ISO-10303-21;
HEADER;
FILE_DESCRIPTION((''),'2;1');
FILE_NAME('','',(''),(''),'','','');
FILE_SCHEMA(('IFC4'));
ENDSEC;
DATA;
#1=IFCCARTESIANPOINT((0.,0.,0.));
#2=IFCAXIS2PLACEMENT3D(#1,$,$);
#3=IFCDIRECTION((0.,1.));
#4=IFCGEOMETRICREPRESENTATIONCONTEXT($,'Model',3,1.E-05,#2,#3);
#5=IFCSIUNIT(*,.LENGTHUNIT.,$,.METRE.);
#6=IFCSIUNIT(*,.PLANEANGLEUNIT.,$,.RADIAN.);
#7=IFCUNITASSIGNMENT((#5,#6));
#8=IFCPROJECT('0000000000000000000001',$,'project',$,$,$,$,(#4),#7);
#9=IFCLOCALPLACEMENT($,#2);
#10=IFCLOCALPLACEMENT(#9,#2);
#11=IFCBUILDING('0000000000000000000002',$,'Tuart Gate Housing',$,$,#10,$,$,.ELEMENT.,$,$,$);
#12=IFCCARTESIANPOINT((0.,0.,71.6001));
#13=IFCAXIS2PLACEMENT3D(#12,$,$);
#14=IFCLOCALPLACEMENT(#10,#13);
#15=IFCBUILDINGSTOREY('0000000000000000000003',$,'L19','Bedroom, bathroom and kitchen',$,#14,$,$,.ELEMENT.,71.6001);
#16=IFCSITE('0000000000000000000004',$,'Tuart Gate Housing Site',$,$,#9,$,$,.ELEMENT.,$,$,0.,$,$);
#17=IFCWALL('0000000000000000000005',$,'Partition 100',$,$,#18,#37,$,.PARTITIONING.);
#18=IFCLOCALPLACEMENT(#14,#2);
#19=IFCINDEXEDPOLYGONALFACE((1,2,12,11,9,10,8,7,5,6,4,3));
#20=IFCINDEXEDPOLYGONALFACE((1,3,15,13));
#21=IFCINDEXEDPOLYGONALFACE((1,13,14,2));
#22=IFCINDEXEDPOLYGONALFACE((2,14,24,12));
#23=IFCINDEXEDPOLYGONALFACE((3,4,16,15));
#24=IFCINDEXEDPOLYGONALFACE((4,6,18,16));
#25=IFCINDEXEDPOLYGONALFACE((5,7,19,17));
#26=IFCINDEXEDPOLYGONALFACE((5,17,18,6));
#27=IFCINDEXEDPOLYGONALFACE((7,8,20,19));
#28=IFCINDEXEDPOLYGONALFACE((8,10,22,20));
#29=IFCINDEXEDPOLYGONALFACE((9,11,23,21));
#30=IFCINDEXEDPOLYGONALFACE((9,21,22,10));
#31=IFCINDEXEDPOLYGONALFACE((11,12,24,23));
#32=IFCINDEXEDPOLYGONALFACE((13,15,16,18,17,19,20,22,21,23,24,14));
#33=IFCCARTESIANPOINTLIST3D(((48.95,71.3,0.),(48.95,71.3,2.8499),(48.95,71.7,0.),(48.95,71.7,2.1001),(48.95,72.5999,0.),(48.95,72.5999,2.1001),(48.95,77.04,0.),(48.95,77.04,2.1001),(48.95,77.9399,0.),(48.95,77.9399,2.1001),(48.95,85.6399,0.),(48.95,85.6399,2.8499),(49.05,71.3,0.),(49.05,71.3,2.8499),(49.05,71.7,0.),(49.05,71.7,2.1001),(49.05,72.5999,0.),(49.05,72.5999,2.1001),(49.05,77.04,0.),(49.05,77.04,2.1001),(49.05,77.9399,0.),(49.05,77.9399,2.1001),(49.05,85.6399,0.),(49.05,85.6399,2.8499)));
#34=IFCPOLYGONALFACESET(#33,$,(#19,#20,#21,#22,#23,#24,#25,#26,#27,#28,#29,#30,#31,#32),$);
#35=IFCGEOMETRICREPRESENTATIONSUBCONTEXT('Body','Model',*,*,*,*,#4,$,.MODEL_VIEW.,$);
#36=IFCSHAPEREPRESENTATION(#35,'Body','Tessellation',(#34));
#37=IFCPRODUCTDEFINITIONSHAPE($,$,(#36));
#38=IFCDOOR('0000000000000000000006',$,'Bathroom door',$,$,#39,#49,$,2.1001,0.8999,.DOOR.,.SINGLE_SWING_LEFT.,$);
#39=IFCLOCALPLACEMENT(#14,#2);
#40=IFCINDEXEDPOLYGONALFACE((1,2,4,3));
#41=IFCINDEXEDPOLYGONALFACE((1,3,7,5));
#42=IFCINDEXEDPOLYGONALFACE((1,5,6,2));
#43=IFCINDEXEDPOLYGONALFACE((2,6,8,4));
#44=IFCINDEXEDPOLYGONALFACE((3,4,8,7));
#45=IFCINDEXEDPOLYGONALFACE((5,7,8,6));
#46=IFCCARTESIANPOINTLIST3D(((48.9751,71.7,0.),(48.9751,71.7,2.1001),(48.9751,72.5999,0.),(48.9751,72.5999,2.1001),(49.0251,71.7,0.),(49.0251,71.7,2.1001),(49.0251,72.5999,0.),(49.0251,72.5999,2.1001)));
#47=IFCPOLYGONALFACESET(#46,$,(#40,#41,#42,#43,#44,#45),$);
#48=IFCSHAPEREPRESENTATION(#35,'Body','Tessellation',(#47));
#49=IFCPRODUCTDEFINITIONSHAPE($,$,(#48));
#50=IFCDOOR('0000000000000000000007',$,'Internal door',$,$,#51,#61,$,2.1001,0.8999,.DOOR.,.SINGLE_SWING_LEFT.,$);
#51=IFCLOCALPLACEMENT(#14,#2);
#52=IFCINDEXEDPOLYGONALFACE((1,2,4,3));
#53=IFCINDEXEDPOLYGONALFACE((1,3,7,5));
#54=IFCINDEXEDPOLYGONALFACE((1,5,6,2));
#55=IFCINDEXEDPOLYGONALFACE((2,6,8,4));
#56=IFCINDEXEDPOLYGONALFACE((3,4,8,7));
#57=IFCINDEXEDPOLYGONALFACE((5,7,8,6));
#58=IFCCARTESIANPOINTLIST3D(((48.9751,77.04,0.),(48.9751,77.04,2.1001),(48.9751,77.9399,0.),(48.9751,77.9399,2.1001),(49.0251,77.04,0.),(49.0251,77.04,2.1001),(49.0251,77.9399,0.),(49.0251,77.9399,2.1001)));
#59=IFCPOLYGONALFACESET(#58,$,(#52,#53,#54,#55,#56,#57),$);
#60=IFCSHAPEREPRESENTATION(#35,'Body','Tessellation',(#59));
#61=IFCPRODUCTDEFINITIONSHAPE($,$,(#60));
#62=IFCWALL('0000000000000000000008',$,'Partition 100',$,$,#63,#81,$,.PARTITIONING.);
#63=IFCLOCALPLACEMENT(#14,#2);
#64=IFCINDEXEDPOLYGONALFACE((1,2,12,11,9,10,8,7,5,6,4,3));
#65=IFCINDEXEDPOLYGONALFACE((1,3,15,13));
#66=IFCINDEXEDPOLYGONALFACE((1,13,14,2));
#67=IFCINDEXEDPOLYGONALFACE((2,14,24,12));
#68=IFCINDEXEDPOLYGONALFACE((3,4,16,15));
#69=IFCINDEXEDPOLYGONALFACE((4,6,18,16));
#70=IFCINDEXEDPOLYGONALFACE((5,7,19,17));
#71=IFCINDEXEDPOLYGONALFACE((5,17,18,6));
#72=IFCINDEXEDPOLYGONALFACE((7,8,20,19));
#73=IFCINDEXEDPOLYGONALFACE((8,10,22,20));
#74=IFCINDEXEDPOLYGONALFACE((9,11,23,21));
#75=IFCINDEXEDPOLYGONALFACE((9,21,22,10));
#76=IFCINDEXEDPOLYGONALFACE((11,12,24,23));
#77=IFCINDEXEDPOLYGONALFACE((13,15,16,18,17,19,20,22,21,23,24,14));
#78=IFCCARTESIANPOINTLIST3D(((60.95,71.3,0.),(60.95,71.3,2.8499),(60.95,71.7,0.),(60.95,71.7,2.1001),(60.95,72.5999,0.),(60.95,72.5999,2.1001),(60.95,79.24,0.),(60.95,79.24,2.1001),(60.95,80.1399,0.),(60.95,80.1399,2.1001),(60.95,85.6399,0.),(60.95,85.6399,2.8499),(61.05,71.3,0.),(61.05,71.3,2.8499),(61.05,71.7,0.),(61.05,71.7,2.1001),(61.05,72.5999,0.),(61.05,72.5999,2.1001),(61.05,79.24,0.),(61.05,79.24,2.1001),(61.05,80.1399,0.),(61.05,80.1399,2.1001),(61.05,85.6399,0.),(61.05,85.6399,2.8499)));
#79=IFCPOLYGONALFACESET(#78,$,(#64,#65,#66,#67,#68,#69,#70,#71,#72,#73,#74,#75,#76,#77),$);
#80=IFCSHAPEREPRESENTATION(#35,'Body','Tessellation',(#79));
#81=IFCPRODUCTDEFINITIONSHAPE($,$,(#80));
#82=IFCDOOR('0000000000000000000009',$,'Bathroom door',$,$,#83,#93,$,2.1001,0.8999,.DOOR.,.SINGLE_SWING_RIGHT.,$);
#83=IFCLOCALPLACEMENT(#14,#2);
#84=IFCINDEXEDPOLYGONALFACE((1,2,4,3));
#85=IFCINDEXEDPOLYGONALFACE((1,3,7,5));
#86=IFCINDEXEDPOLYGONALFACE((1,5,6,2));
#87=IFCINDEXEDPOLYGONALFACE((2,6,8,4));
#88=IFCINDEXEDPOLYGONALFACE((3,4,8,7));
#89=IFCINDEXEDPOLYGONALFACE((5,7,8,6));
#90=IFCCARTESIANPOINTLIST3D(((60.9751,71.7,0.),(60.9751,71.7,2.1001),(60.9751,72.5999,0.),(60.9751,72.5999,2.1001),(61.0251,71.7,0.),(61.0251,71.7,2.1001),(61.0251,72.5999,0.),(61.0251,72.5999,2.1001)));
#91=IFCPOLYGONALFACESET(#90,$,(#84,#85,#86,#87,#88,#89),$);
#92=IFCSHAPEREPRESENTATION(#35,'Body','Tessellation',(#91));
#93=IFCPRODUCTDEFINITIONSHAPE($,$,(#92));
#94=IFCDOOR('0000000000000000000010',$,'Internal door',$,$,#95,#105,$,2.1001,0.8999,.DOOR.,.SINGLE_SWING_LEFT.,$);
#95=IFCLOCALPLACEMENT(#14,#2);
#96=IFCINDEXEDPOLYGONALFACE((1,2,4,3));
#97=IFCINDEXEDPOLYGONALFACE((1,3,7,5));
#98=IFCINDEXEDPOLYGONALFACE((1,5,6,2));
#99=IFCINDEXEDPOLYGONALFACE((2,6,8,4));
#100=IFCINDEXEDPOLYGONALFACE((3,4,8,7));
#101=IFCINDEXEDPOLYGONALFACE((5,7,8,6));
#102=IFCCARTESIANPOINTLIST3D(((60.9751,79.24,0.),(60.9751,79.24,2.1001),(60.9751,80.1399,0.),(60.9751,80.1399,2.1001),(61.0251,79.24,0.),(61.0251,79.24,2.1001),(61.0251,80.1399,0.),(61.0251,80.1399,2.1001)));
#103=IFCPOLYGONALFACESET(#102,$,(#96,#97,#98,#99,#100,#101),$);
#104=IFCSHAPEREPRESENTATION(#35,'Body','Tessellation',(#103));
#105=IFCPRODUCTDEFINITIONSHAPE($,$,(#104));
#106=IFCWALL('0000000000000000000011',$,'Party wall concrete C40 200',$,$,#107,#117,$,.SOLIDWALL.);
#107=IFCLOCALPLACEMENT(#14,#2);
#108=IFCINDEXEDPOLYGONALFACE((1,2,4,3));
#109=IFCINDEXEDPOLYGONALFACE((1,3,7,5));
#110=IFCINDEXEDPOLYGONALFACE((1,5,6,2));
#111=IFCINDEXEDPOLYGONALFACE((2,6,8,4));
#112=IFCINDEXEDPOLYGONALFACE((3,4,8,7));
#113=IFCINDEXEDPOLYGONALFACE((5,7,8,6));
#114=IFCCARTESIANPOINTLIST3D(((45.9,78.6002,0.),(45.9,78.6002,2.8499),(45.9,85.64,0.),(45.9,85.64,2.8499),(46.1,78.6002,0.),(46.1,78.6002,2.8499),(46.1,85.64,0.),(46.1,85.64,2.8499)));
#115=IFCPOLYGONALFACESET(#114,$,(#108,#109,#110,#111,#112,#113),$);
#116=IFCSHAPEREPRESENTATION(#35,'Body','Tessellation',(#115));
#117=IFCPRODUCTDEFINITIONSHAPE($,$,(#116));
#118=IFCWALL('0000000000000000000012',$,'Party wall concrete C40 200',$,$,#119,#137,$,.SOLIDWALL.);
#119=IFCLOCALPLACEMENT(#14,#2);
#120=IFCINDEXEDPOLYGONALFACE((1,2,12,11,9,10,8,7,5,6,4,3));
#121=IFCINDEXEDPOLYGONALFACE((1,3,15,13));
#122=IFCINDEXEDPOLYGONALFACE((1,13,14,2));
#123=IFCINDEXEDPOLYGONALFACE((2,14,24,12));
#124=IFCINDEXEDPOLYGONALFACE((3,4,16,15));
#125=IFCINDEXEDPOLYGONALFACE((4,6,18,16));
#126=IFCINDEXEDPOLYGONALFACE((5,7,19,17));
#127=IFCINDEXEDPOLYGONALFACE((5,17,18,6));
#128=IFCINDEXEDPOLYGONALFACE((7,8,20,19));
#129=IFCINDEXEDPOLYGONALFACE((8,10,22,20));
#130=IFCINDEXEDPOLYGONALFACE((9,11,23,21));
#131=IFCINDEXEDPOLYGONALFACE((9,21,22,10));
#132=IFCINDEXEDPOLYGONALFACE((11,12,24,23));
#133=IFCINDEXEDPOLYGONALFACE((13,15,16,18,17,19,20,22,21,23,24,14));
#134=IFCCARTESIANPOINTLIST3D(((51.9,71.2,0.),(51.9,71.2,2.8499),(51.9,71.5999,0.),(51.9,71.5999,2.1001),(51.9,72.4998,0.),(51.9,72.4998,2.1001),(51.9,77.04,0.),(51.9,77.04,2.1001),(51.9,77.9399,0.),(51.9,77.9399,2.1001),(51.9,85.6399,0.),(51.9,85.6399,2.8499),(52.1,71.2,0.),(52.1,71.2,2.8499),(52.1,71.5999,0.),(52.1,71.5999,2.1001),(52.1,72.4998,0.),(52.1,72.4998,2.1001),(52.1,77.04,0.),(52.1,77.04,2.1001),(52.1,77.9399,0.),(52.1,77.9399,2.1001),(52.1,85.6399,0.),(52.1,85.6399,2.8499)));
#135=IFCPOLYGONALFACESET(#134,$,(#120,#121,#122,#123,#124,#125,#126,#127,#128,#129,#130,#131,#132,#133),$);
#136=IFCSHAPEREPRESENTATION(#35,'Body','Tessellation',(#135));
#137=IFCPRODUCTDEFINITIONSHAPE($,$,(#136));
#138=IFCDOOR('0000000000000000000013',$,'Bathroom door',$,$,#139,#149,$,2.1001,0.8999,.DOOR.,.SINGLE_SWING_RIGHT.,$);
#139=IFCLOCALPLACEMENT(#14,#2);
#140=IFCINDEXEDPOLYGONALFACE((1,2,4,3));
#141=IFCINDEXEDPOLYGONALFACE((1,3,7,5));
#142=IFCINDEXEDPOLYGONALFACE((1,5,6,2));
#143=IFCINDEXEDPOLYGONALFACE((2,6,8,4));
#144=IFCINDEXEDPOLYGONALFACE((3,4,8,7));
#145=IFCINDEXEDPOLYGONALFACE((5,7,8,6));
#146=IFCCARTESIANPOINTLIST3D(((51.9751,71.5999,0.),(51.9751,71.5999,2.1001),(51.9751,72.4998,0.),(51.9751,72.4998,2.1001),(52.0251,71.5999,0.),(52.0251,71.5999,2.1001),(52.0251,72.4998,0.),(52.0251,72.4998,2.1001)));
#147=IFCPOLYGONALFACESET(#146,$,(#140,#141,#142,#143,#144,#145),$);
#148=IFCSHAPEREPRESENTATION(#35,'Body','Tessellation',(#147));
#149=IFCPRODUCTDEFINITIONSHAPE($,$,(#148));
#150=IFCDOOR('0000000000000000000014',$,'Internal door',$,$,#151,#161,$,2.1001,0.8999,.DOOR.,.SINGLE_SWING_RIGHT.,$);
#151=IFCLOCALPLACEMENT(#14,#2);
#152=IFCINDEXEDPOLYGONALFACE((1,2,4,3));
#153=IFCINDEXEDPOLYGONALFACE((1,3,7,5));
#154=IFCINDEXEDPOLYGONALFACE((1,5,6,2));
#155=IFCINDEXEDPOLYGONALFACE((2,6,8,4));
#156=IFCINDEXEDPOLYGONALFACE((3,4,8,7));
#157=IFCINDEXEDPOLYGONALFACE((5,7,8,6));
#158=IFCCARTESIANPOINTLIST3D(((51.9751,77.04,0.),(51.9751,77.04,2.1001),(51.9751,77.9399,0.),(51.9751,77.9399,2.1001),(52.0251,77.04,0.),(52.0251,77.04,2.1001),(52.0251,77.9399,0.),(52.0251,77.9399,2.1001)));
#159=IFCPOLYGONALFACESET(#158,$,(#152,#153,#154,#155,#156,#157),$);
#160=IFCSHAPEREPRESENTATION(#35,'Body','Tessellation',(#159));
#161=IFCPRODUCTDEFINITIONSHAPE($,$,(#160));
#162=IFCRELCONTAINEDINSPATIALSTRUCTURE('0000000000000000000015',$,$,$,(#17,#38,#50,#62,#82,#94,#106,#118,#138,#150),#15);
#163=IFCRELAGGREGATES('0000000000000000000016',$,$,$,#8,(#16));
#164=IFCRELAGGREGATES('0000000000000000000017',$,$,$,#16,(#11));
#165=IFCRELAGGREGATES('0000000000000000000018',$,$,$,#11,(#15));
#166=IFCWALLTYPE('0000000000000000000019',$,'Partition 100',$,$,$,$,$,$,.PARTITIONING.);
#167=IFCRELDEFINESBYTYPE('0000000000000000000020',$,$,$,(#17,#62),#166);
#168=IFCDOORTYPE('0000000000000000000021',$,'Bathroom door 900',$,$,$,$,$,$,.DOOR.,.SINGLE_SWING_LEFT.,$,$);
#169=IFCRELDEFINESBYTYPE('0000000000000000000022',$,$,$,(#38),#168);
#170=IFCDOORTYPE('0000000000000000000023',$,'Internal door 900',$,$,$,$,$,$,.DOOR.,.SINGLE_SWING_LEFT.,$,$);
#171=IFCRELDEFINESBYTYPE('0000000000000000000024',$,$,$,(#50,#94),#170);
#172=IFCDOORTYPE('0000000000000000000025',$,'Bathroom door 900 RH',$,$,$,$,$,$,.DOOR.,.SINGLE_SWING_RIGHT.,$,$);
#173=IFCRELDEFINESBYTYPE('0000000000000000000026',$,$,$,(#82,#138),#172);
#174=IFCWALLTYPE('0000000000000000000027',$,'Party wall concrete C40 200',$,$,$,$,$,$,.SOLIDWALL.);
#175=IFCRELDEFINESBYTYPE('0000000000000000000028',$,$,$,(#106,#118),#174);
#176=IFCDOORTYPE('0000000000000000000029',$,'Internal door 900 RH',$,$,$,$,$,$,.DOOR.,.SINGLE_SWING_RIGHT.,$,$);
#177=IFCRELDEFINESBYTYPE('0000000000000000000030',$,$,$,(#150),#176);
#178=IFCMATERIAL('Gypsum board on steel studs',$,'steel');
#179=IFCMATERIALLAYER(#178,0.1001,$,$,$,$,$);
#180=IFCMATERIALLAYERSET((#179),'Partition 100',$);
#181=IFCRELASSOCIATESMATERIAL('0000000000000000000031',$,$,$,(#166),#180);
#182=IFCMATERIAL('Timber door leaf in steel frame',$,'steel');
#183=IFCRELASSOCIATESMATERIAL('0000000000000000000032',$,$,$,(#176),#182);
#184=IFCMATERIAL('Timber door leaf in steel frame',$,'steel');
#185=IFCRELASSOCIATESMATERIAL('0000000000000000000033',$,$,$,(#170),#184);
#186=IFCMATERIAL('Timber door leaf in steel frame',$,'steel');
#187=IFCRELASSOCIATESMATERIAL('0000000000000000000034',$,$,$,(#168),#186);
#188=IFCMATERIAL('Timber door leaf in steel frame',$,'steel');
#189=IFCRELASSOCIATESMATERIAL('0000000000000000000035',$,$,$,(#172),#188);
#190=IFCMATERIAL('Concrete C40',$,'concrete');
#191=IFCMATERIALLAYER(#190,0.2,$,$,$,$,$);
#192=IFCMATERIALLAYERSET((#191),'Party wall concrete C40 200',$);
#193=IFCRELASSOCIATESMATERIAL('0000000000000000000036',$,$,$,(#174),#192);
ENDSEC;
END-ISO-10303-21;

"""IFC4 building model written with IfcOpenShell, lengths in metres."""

from ifc_helpers import new_model, si_unit, direction, frame, frame_2d, origin, place, context, subcontext, project, spatial, rectangle, extrude, material, layer, layer_set, type_object, element, fill, save


model = new_model("IFC4")

# Units and contexts
model_context = context("Model", 3, precision=1e-05, world=origin(), true_north=direction((0.0, 1.0)))
body_context = subcontext(model_context, "Body", "Model", "MODEL_VIEW")
ifc_project = project(units=[si_unit("LENGTHUNIT", "METRE"), si_unit("PLANEANGLEUNIT", "RADIAN")], contexts=[model_context])

# Site, building, storey
site_placement = place(None, origin())
site = spatial("IfcSite", under=ifc_project, at=site_placement, Name="Tuart Gate Housing Site", CompositionType="ELEMENT", RefElevation=0.0)
building_placement = place(site_placement, origin())
building = spatial("IfcBuilding", under=site, at=building_placement, Name="Tuart Gate Housing", CompositionType="ELEMENT")
storey_placement = place(building_placement, frame((0.0, 0.0, 71.6001)))
storey = spatial("IfcBuildingStorey", under=building, at=storey_placement, Name="L19", Description="Bedroom, bathroom and kitchen", CompositionType="ELEMENT", Elevation=71.6001)

# Shared definitions
ifc_material_1 = material(Name="Gypsum board on steel studs", Category="steel")
ifc_layer_1 = layer(ifc_material_1, 0.1001)
ifc_layer_set_1 = layer_set([ifc_layer_1], Name="Partition 100")
wall_type_1 = type_object("IfcWallType", Name="Partition 100", PredefinedType="PARTITIONING", material=ifc_layer_set_1)

# Shared definitions
ifc_material_2 = material(Name="Timber door leaf in steel frame", Category="steel")
door_type_1 = type_object("IfcDoorType", Name="Internal door 900 RH", OperationType="SINGLE_SWING_RIGHT", PredefinedType="DOOR", material=ifc_material_2)
ifc_material_3 = material(Name="Timber door leaf in steel frame", Category="steel")
door_type_2 = type_object("IfcDoorType", Name="Internal door 900", OperationType="SINGLE_SWING_LEFT", PredefinedType="DOOR", material=ifc_material_3)

# Walls, openings, doors
wall_1_placement = place(storey_placement, frame((49.0, 71.3, 0.0), z_axis=(0.0, 0.0, 1.0), x_axis=(0.0, 1.0, 0.0)))
wall_1 = element("IfcWall", 1, at=wall_1_placement, inside=storey, type_object=wall_type_1, Name="Partition 100", PredefinedType="PARTITIONING", context=body_context, shape_type="SweptSolid", body=[
    extrude(rectangle(XDim=14.3398, YDim=0.1001, at=frame_2d((7.1699, 0.0))), origin(), (0.0, 0.0, 1.0), 2.8499),
])
opening_1_placement = place(wall_1_placement, frame((5.74, 0.0, 0.0)))
opening_1 = element("IfcOpeningElement", 2, at=opening_1_placement, cuts=wall_1, PredefinedType="OPENING", context=body_context, shape_type="SweptSolid", body=[
    extrude(rectangle(XDim=0.8999, YDim=2.1001, at=frame_2d((0.45, 1.05))), frame((0.0, 0.0601, 0.0), z_axis=(0.0, -1.0, 0.0), x_axis=(1.0, 0.0, 0.0)), (0.0, 0.0, 1.0), 0.1201),
])
opening_2_placement = place(wall_1_placement, frame((0.3999, 0.0, 0.0)))
opening_2 = element("IfcOpeningElement", 3, at=opening_2_placement, cuts=wall_1, PredefinedType="OPENING", context=body_context, shape_type="SweptSolid", body=[
    extrude(rectangle(XDim=0.8999, YDim=2.1001, at=frame_2d((0.45, 1.05))), frame((0.0, 0.0601, 0.0), z_axis=(0.0, -1.0, 0.0), x_axis=(1.0, 0.0, 0.0)), (0.0, 0.0, 1.0), 0.1201),
])
ifc_material_4 = material(Name="Timber door leaf in steel frame", Category="steel")
door_type_3 = type_object("IfcDoorType", Name="Bathroom door 900", OperationType="SINGLE_SWING_LEFT", PredefinedType="DOOR", material=ifc_material_4)
door_1_placement = place(opening_2_placement, origin())
door_1 = element("IfcDoor", 4, at=door_1_placement, inside=storey, type_object=door_type_3, Name="Bathroom door", OperationType="SINGLE_SWING_LEFT", OverallHeight=2.1001, OverallWidth=0.8999, PredefinedType="DOOR", context=body_context, shape_type="SweptSolid", body=[
    extrude(rectangle(XDim=0.8999, YDim=2.1001, at=frame_2d((0.45, 1.05))), frame((0.0, 0.0249, 0.0), z_axis=(0.0, -1.0, 0.0), x_axis=(1.0, 0.0, 0.0)), (0.0, 0.0, 1.0), 0.05),
])
fill(opening_2, door_1)
door_2_placement = place(opening_1_placement, origin())
door_2 = element("IfcDoor", 5, at=door_2_placement, inside=storey, type_object=door_type_2, Name="Internal door", OperationType="SINGLE_SWING_LEFT", OverallHeight=2.1001, OverallWidth=0.8999, PredefinedType="DOOR", context=body_context, shape_type="SweptSolid", body=[
    extrude(rectangle(XDim=0.8999, YDim=2.1001, at=frame_2d((0.45, 1.05))), frame((0.0, 0.0249, 0.0), z_axis=(0.0, -1.0, 0.0), x_axis=(1.0, 0.0, 0.0)), (0.0, 0.0, 1.0), 0.05),
])
fill(opening_1, door_2)
wall_2_placement = place(storey_placement, frame((61.0, 71.3, 0.0), z_axis=(0.0, 0.0, 1.0), x_axis=(0.0, 1.0, 0.0)))
wall_2 = element("IfcWall", 6, at=wall_2_placement, inside=storey, type_object=wall_type_1, Name="Partition 100", PredefinedType="PARTITIONING", context=body_context, shape_type="SweptSolid", body=[
    extrude(rectangle(XDim=14.3398, YDim=0.1001, at=frame_2d((7.1699, 0.0))), origin(), (0.0, 0.0, 1.0), 2.8499),
])
opening_3_placement = place(wall_2_placement, frame((7.9399, 0.0, 0.0)))
opening_3 = element("IfcOpeningElement", 7, at=opening_3_placement, cuts=wall_2, PredefinedType="OPENING", context=body_context, shape_type="SweptSolid", body=[
    extrude(rectangle(XDim=0.8999, YDim=2.1001, at=frame_2d((0.45, 1.05))), frame((0.0, 0.0601, 0.0), z_axis=(0.0, -1.0, 0.0), x_axis=(1.0, 0.0, 0.0)), (0.0, 0.0, 1.0), 0.1201),
])
opening_4_placement = place(wall_2_placement, frame((0.3999, 0.0, 0.0)))
opening_4 = element("IfcOpeningElement", 8, at=opening_4_placement, cuts=wall_2, PredefinedType="OPENING", context=body_context, shape_type="SweptSolid", body=[
    extrude(rectangle(XDim=0.8999, YDim=2.1001, at=frame_2d((0.45, 1.05))), frame((0.0, 0.0601, 0.0), z_axis=(0.0, -1.0, 0.0), x_axis=(1.0, 0.0, 0.0)), (0.0, 0.0, 1.0), 0.1201),
])
ifc_material_5 = material(Name="Timber door leaf in steel frame", Category="steel")
door_type_4 = type_object("IfcDoorType", Name="Bathroom door 900 RH", OperationType="SINGLE_SWING_RIGHT", PredefinedType="DOOR", material=ifc_material_5)
door_3_placement = place(opening_4_placement, frame((0.8999, 0.0, 0.0), z_axis=(0.0, 0.0, 1.0), x_axis=(-1.0, 0.0, 0.0)))
door_3 = element("IfcDoor", 9, at=door_3_placement, inside=storey, type_object=door_type_4, Name="Bathroom door", OperationType="SINGLE_SWING_RIGHT", OverallHeight=2.1001, OverallWidth=0.8999, PredefinedType="DOOR", context=body_context, shape_type="SweptSolid", body=[
    extrude(rectangle(XDim=0.8999, YDim=2.1001, at=frame_2d((0.45, 1.05))), frame((0.0, 0.0251, 0.0), z_axis=(0.0, -1.0, 0.0), x_axis=(1.0, 0.0, 0.0)), (0.0, 0.0, 1.0), 0.05),
])
fill(opening_4, door_3)
door_4_placement = place(opening_3_placement, frame((0.8999, 0.0, 0.0), z_axis=(0.0, 0.0, 1.0), x_axis=(-1.0, 0.0, 0.0)))
door_4 = element("IfcDoor", 10, at=door_4_placement, inside=storey, type_object=door_type_2, Name="Internal door", OperationType="SINGLE_SWING_LEFT", OverallHeight=2.1001, OverallWidth=0.8999, PredefinedType="DOOR", context=body_context, shape_type="SweptSolid", body=[
    extrude(rectangle(XDim=0.8999, YDim=2.1001, at=frame_2d((0.45, 1.05))), frame((0.0, 0.0251, 0.0), z_axis=(0.0, -1.0, 0.0), x_axis=(1.0, 0.0, 0.0)), (0.0, 0.0, 1.0), 0.05),
])
fill(opening_3, door_4)

# Wall
ifc_material_6 = material(Name="Concrete C40", Category="concrete")
ifc_layer_2 = layer(ifc_material_6, 0.2)
ifc_layer_set_2 = layer_set([ifc_layer_2], Name="Party wall concrete C40 200")
wall_type_2 = type_object("IfcWallType", Name="Party wall concrete C40 200", PredefinedType="SOLIDWALL", material=ifc_layer_set_2)
wall_3_placement = place(storey_placement, frame((46.0, 78.6001, 0.0), z_axis=(0.0, 0.0, 1.0), x_axis=(0.0, 1.0, 0.0)))
element("IfcWall", 11, at=wall_3_placement, inside=storey, type_object=wall_type_2, Name="Party wall concrete C40 200", PredefinedType="SOLIDWALL", context=body_context, shape_type="SweptSolid", body=[
    extrude(rectangle(XDim=7.0398, YDim=0.2, at=frame_2d((3.52, 0.0))), origin(), (0.0, 0.0, 1.0), 2.8499),
])

# Wall, openings, doors
wall_4_placement = place(storey_placement, frame((52.0, 71.2, 0.0), z_axis=(0.0, 0.0, 1.0), x_axis=(0.0, 1.0, 0.0)))
wall_4 = element("IfcWall", 12, at=wall_4_placement, inside=storey, type_object=wall_type_2, Name="Party wall concrete C40 200", PredefinedType="SOLIDWALL", context=body_context, shape_type="SweptSolid", body=[
    extrude(rectangle(XDim=14.4399, YDim=0.2, at=frame_2d((7.22, 0.0))), origin(), (0.0, 0.0, 1.0), 2.8499),
])
opening_5_placement = place(wall_4_placement, frame((5.8401, 0.0, 0.0)))
opening_5 = element("IfcOpeningElement", 13, at=opening_5_placement, cuts=wall_4, PredefinedType="OPENING", context=body_context, shape_type="SweptSolid", body=[
    extrude(rectangle(XDim=0.8999, YDim=2.1001, at=frame_2d((0.45, 1.05))), frame((0.0, 0.1099, 0.0), z_axis=(0.0, -1.0, 0.0), x_axis=(1.0, 0.0, 0.0)), (0.0, 0.0, 1.0), 0.22),
])
opening_6_placement = place(wall_4_placement, frame((0.3999, 0.0, 0.0)))
opening_6 = element("IfcOpeningElement", 14, at=opening_6_placement, cuts=wall_4, PredefinedType="OPENING", context=body_context, shape_type="SweptSolid", body=[
    extrude(rectangle(XDim=0.8999, YDim=2.1001, at=frame_2d((0.45, 1.05))), frame((0.0, 0.1099, 0.0), z_axis=(0.0, -1.0, 0.0), x_axis=(1.0, 0.0, 0.0)), (0.0, 0.0, 1.0), 0.22),
])
door_5_placement = place(opening_6_placement, frame((0.8999, 0.0, 0.0), z_axis=(0.0, 0.0, 1.0), x_axis=(-1.0, 0.0, 0.0)))
door_5 = element("IfcDoor", 15, at=door_5_placement, inside=storey, type_object=door_type_4, Name="Bathroom door", OperationType="SINGLE_SWING_RIGHT", OverallHeight=2.1001, OverallWidth=0.8999, PredefinedType="DOOR", context=body_context, shape_type="SweptSolid", body=[
    extrude(rectangle(XDim=0.8999, YDim=2.1001, at=frame_2d((0.45, 1.05))), frame((0.0, 0.0251, 0.0), z_axis=(0.0, -1.0, 0.0), x_axis=(1.0, 0.0, 0.0)), (0.0, 0.0, 1.0), 0.05),
])
fill(opening_6, door_5)
door_6_placement = place(opening_5_placement, frame((0.8999, 0.0, 0.0), z_axis=(0.0, 0.0, 1.0), x_axis=(-1.0, 0.0, 0.0)))
door_6 = element("IfcDoor", 16, at=door_6_placement, inside=storey, type_object=door_type_1, Name="Internal door", OperationType="SINGLE_SWING_RIGHT", OverallHeight=2.1001, OverallWidth=0.8999, PredefinedType="DOOR", context=body_context, shape_type="SweptSolid", body=[
    extrude(rectangle(XDim=0.8999, YDim=2.1001, at=frame_2d((0.45, 1.05))), frame((0.0, 0.0251, 0.0), z_axis=(0.0, -1.0, 0.0), x_axis=(1.0, 0.0, 0.0)), (0.0, 0.0, 1.0), 0.05),
])
fill(opening_5, door_6)

save(model, "model.ifc")
